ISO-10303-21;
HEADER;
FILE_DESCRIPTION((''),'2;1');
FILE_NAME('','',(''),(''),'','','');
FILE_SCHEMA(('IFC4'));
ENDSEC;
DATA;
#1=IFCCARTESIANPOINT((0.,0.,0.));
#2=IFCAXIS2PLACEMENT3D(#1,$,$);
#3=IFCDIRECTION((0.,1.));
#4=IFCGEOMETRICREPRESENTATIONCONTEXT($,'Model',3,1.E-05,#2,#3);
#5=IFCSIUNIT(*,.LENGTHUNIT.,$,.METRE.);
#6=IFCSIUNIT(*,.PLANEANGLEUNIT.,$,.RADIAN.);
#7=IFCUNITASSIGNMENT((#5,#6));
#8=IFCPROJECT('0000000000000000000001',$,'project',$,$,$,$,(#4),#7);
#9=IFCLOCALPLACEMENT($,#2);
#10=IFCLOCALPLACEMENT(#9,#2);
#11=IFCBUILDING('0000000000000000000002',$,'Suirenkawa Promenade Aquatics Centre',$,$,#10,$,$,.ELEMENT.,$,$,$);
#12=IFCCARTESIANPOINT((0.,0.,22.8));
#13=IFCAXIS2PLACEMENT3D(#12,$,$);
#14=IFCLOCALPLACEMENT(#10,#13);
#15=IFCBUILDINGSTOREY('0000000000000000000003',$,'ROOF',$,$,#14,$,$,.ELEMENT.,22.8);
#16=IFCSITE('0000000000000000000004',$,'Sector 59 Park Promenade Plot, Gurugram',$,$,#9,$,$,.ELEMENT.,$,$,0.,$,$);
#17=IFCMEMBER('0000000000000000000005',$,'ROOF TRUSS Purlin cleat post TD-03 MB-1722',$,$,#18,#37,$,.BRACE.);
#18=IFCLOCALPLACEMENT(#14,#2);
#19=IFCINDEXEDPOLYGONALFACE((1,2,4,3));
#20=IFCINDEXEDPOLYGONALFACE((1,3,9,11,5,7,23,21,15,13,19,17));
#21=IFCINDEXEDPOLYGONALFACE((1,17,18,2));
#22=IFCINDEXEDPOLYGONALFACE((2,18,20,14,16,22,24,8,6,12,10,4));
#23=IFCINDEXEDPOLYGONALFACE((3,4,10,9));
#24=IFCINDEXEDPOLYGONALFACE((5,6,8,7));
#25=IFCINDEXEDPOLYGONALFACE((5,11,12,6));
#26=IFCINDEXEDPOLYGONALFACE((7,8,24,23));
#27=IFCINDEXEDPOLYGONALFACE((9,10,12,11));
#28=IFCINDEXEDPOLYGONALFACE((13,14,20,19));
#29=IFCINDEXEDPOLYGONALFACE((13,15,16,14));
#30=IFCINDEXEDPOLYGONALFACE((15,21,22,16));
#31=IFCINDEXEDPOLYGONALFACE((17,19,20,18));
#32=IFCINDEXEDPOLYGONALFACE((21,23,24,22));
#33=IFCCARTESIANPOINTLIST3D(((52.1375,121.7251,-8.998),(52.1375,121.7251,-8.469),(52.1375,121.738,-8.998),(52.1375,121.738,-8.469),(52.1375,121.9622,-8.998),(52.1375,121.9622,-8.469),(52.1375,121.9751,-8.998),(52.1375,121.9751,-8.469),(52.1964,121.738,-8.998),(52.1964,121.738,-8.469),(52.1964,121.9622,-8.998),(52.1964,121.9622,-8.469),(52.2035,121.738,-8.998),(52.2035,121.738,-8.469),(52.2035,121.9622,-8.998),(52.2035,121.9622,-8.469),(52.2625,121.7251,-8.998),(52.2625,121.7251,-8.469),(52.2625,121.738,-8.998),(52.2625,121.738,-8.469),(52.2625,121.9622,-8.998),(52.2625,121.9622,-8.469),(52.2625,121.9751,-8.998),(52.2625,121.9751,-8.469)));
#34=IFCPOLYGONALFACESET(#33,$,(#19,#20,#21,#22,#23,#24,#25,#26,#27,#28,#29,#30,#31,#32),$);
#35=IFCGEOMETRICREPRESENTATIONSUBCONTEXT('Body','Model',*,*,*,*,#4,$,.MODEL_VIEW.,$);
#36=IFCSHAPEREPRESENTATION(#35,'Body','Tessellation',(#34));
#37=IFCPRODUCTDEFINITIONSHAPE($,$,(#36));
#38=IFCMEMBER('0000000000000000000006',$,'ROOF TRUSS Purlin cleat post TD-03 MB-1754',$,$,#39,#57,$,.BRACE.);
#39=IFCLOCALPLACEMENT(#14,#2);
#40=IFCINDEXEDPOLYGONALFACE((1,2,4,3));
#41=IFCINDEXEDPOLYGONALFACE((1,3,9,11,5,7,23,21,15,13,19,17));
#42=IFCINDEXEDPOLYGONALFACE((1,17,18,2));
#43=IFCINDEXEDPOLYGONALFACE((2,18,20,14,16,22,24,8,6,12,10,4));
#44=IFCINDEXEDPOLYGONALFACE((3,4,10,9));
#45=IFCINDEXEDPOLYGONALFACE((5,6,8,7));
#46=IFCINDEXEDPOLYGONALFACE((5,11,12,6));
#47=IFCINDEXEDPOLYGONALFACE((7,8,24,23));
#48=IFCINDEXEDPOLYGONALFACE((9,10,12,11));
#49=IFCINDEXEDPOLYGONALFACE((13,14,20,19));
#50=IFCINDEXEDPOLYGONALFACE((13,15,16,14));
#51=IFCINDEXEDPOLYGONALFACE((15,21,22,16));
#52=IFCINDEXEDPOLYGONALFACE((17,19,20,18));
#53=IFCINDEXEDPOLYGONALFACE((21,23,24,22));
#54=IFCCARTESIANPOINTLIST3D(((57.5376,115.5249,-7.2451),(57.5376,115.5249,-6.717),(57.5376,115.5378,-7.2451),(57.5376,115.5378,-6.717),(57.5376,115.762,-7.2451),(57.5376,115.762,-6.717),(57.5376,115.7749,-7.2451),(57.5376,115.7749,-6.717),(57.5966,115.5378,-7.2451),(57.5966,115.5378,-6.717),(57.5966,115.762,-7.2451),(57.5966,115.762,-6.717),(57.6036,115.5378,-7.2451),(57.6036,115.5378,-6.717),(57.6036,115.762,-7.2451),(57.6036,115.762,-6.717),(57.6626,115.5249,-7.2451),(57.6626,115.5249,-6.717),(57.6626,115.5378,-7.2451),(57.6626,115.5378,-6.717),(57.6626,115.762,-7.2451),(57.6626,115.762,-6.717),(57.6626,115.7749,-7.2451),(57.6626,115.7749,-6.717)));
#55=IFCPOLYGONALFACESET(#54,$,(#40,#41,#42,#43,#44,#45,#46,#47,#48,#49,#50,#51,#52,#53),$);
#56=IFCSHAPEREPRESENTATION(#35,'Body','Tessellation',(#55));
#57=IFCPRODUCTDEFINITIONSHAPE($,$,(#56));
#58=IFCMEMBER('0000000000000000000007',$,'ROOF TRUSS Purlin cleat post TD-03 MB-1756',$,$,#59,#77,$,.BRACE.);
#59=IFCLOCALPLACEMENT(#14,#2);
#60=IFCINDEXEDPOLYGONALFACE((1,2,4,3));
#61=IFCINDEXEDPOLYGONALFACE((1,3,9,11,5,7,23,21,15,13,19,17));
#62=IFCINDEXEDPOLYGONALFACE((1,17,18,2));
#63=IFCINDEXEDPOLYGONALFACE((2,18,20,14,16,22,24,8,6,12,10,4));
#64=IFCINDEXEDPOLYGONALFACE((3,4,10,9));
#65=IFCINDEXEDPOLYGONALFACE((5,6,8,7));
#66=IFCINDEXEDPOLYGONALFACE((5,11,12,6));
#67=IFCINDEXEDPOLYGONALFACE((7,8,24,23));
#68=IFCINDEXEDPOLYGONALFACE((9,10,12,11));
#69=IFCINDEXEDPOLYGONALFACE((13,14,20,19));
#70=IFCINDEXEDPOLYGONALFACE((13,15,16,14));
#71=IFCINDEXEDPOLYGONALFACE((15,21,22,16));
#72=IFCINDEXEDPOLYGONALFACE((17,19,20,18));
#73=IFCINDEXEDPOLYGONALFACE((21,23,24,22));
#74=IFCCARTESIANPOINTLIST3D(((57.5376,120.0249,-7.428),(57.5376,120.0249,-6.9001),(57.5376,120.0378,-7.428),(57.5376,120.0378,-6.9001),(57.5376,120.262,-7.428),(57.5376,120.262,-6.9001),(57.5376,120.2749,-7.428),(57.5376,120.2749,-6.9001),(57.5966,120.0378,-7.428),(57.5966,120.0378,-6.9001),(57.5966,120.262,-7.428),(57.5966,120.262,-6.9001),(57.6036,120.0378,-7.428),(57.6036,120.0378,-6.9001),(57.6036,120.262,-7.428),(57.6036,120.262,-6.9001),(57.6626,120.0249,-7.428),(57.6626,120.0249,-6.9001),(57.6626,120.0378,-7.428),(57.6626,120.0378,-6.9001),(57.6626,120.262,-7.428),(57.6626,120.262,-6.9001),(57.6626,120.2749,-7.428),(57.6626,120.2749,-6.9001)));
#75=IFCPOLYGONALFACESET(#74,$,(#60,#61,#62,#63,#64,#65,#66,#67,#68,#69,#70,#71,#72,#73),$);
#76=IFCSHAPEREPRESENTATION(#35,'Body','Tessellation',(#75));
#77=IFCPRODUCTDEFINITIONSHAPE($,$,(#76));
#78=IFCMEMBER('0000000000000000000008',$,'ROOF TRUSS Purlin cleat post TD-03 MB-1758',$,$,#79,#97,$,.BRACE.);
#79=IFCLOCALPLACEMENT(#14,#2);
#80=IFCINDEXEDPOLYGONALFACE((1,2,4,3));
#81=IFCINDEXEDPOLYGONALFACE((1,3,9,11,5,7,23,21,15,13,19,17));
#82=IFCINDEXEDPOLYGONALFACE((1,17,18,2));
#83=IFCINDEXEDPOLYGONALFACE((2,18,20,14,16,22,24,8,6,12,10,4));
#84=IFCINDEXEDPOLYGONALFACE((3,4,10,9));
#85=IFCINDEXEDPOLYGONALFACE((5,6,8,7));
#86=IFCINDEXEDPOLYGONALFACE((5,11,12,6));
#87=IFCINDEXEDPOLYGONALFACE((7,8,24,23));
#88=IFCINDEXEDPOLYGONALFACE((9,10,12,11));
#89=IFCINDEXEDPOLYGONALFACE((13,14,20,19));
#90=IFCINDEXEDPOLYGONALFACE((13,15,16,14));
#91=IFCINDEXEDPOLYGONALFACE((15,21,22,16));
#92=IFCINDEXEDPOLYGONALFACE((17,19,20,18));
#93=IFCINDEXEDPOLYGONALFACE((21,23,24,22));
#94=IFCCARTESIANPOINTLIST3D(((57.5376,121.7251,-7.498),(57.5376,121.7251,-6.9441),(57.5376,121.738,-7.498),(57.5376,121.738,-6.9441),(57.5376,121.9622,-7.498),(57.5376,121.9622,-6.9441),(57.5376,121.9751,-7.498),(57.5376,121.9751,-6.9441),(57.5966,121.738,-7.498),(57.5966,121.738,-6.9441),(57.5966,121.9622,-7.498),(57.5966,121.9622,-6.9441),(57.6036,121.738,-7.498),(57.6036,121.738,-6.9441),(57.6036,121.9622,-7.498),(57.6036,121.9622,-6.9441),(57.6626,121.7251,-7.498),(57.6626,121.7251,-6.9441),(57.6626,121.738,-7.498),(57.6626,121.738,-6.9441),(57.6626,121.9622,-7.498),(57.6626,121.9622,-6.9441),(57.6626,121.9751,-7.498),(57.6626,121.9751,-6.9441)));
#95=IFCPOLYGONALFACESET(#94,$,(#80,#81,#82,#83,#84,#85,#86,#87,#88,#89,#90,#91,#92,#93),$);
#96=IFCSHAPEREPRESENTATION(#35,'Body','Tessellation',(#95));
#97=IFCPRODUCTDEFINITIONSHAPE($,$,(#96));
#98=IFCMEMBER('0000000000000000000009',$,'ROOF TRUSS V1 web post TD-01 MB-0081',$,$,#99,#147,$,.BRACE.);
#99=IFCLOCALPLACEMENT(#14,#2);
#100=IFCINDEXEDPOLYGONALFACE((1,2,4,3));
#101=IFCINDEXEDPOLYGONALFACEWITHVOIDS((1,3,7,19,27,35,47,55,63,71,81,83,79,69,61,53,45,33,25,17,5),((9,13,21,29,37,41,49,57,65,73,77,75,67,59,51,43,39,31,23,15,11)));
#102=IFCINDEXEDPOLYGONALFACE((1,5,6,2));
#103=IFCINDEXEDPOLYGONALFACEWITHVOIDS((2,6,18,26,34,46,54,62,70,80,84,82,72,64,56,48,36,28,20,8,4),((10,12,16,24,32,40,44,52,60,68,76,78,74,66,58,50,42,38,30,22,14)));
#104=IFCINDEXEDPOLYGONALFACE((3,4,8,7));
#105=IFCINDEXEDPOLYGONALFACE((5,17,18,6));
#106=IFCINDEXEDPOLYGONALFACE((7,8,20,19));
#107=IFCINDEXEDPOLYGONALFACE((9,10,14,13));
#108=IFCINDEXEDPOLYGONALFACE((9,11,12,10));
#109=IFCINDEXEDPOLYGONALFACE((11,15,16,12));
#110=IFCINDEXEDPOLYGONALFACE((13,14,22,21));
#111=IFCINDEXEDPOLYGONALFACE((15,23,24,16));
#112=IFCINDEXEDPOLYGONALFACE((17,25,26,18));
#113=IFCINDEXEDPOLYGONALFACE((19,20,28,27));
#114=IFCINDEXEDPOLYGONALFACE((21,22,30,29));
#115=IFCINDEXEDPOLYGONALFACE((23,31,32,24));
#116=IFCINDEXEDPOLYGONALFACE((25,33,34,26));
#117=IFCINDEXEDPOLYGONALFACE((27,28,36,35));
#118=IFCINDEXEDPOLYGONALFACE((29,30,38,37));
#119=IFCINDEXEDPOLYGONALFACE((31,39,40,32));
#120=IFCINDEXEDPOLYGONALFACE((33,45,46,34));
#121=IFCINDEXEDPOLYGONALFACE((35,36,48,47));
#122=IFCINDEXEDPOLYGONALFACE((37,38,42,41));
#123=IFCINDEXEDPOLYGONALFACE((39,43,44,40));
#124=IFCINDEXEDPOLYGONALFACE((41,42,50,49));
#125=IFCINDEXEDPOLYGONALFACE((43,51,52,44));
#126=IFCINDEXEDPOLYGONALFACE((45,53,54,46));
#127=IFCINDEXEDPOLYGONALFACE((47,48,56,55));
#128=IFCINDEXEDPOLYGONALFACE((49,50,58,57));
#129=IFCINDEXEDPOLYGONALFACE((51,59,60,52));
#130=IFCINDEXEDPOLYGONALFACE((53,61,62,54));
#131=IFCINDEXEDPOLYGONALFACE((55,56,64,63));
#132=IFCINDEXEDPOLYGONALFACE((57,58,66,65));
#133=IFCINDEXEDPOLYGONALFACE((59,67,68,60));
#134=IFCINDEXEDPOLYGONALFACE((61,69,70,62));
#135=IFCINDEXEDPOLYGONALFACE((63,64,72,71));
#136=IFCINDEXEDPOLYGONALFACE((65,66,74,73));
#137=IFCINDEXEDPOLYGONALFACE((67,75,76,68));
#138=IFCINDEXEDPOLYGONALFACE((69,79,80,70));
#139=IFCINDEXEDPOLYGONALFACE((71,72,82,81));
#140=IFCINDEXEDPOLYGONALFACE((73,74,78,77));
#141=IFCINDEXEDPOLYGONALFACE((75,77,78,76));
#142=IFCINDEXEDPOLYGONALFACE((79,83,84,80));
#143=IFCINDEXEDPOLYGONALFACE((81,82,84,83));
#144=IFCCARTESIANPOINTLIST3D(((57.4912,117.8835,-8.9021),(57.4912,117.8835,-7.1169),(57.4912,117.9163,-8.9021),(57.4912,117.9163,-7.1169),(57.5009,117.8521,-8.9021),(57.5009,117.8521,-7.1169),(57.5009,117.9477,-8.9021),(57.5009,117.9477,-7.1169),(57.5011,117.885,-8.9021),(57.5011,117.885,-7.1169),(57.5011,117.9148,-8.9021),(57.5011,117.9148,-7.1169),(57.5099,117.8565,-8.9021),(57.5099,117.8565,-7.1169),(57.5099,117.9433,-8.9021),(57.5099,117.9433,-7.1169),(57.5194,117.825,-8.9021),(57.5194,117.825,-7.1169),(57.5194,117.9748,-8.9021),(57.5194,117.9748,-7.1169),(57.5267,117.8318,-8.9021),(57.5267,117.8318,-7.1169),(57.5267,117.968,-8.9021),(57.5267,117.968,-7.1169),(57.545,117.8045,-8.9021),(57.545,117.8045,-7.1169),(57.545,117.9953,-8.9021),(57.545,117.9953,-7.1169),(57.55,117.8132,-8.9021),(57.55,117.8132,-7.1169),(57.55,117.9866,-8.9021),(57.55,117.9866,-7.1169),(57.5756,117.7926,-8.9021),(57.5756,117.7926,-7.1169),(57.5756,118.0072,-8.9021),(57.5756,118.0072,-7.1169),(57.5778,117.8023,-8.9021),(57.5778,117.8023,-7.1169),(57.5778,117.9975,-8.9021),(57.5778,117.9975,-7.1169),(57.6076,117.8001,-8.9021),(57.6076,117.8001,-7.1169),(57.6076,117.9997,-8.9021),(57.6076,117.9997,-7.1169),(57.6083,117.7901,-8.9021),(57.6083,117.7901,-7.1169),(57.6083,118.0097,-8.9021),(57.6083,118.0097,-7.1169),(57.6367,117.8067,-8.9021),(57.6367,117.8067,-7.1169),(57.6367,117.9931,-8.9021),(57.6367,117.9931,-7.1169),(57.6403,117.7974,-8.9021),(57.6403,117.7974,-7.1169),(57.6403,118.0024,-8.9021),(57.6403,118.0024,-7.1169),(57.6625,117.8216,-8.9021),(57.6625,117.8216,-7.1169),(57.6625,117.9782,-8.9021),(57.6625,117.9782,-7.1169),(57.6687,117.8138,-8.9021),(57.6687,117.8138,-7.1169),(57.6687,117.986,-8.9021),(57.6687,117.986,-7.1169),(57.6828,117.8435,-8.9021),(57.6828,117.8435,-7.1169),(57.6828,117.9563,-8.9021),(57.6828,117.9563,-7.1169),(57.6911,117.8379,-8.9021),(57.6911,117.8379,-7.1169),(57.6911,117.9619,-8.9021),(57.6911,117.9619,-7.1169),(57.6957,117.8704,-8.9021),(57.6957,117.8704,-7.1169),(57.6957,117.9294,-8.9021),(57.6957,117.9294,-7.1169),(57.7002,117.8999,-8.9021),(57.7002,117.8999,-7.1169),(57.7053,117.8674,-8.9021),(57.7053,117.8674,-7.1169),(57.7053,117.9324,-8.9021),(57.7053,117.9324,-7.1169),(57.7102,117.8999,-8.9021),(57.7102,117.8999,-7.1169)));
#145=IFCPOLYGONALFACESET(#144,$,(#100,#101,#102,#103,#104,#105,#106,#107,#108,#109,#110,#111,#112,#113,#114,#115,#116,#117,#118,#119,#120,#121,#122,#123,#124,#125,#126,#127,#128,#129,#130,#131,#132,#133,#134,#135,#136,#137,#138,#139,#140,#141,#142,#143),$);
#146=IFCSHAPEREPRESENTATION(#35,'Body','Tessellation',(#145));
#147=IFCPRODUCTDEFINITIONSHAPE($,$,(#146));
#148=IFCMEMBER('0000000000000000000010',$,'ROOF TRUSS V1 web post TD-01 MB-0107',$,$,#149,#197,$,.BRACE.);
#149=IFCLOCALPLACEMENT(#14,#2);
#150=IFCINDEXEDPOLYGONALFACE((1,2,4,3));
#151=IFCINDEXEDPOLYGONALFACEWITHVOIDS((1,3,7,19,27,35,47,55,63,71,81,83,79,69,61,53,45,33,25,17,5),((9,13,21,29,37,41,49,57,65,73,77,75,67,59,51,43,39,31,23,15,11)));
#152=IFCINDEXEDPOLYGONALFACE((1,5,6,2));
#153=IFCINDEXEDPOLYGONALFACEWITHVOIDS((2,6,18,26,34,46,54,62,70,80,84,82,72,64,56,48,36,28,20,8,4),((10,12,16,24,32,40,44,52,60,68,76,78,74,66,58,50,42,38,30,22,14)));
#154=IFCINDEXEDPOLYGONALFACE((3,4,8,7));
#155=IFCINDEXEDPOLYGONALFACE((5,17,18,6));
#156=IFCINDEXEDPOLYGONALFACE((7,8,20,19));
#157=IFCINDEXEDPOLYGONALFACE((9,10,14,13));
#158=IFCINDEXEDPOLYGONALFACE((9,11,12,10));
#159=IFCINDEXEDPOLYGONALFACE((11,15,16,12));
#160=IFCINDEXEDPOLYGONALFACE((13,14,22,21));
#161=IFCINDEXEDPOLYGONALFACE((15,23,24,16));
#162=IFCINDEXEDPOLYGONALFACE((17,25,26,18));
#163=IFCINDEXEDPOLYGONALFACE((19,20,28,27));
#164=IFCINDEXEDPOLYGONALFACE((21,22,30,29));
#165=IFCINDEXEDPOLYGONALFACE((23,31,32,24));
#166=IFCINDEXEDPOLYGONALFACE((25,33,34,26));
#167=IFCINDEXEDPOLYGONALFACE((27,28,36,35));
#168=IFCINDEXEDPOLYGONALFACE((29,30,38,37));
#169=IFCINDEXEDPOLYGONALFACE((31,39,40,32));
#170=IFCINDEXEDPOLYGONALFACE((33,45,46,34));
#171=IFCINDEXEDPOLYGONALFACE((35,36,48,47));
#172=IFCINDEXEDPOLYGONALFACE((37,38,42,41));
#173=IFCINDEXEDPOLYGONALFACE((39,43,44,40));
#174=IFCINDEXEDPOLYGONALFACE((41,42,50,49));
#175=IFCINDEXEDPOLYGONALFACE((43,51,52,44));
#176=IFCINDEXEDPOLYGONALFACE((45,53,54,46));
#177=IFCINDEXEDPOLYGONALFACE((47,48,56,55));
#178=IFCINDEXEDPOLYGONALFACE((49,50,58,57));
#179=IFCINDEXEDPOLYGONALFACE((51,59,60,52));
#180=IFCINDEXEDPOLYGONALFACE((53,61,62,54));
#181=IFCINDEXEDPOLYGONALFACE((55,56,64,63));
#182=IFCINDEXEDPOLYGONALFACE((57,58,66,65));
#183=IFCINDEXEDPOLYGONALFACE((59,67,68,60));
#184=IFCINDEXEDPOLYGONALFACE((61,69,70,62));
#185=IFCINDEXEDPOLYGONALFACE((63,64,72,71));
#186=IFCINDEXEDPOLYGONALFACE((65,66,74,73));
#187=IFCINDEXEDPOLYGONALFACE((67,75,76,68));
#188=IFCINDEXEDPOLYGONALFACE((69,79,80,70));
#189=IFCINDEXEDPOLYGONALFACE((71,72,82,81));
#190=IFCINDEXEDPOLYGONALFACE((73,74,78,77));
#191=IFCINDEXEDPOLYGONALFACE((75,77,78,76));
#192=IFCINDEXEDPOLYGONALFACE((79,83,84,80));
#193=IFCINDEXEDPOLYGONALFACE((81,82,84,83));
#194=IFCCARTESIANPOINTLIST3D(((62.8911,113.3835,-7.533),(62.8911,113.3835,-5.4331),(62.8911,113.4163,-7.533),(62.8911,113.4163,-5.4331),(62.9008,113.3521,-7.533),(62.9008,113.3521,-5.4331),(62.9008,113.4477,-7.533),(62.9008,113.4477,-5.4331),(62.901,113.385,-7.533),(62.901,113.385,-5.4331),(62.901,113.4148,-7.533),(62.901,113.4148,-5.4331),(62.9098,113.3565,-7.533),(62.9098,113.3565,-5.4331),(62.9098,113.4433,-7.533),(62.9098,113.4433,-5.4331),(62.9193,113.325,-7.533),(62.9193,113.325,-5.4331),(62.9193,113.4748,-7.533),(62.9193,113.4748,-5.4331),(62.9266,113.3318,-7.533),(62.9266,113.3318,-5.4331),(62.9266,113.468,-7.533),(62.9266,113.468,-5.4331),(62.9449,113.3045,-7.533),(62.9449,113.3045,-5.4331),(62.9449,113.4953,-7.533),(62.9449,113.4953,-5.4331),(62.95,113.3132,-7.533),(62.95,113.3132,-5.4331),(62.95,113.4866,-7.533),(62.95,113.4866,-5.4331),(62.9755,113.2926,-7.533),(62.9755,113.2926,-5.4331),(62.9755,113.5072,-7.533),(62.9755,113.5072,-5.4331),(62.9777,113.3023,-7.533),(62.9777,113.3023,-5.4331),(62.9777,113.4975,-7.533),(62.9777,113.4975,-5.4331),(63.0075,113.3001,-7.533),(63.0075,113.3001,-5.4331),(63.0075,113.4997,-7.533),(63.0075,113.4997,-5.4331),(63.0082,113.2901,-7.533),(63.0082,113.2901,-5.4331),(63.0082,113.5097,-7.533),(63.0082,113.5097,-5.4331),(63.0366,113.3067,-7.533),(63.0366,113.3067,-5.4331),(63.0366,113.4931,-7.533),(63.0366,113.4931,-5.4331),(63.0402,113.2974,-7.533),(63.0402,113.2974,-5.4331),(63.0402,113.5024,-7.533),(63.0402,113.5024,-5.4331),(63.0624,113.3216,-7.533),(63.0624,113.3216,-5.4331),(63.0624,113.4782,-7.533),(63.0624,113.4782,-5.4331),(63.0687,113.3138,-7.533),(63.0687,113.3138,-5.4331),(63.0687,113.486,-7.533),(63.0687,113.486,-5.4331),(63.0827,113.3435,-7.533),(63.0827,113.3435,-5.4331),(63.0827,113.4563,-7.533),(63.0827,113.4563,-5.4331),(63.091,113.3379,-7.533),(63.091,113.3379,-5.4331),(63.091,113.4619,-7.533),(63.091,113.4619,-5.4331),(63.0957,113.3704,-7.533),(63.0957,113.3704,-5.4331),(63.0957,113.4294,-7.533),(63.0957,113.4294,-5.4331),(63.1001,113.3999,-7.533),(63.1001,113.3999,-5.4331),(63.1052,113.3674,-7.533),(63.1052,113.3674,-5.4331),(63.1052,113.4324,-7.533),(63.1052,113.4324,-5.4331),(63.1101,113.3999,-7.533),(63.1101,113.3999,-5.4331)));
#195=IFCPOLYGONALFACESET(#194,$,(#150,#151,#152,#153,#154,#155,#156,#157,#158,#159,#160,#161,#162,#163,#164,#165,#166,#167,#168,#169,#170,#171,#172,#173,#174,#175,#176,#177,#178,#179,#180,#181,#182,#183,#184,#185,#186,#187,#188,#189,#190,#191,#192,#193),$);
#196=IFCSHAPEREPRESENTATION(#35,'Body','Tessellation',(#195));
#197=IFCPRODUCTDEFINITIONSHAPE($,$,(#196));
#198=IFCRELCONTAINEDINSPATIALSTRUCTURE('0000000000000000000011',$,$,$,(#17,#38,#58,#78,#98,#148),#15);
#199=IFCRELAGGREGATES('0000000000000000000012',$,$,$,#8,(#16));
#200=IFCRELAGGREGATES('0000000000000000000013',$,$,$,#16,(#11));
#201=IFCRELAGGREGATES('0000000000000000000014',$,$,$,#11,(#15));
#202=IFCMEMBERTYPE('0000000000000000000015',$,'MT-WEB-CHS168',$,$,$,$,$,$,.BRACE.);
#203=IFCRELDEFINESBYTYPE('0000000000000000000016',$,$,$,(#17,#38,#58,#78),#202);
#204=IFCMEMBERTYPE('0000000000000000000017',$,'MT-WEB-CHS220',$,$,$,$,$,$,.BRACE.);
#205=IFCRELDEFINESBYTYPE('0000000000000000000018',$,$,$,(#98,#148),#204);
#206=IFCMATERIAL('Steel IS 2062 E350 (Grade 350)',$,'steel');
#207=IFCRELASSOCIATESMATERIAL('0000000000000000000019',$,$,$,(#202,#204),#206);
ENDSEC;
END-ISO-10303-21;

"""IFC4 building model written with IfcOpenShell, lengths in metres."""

from ifc_helpers import new_model, si_unit, direction, frame, origin, origin_2d, place, context, subcontext, project, spatial, hollow_circle, i_section, extrude, material, material_profile, profile_set, type_object, element, save


model = new_model("IFC4")

# Units and contexts
model_context = context("Model", 3, precision=1e-05, world=origin(), true_north=direction((0.0, 1.0)))
body_context = subcontext(model_context, "Body", "Model", "MODEL_VIEW")
ifc_project = project(units=[si_unit("LENGTHUNIT", "METRE"), si_unit("PLANEANGLEUNIT", "RADIAN")], contexts=[model_context])

# Site, building, storey
site_placement = place(None, origin())
site = spatial("IfcSite", under=ifc_project, at=site_placement, Name="Sector 59 Park Promenade Plot, Gurugram", CompositionType="ELEMENT", RefElevation=0.0)
building_placement = place(site_placement, origin())
building = spatial("IfcBuilding", under=site, at=building_placement, Name="Suirenkawa Promenade Aquatics Centre", CompositionType="ELEMENT")
storey_placement = place(building_placement, frame((0.0, 0.0, 22.8)))
storey = spatial("IfcBuildingStorey", under=building, at=storey_placement, Name="ROOF", CompositionType="ELEMENT", Elevation=22.8)

# Shared definitions
ifc_material = material(Name="Steel IS 2062 E350 (Grade 350)", Category="steel")

# Members
ifc_material_profile_1 = material_profile(ifc_material, i_section(OverallWidth=0.125, OverallDepth=0.25, WebThickness=0.0071, FlangeThickness=0.0129, at=origin_2d()), Name="ISMB 250", Category="steel")
ifc_profile_set_1 = profile_set([ifc_material_profile_1], Name="Steel IS 2062 E350 (Grade 350)")
member_type_1 = type_object("IfcMemberType", Name="MT-WEB-CHS168", PredefinedType="BRACE", material=ifc_profile_set_1)
member_1_placement = place(storey_placement, frame((52.2, 121.8501, -8.998), z_axis=(0.0, 0.0, 1.0), x_axis=(1.0, 0.0, 0.0)))
element("IfcMember", 1, at=member_1_placement, inside=storey, type_object=member_type_1, Name="ROOF TRUSS Purlin cleat post TD-03 MB-1722", PredefinedType="BRACE", context=body_context, shape_type="SweptSolid", body=[
    extrude(i_section(OverallWidth=0.125, OverallDepth=0.25, WebThickness=0.0071, FlangeThickness=0.0129, at=origin_2d()), origin(), (0.0, 0.0, 1.0), 0.5291),
])
member_2_placement = place(storey_placement, frame((57.6001, 115.6499, -7.2451), z_axis=(0.0, 0.0, 1.0), x_axis=(1.0, 0.0, 0.0)))
element("IfcMember", 2, at=member_2_placement, inside=storey, type_object=member_type_1, Name="ROOF TRUSS Purlin cleat post TD-03 MB-1754", PredefinedType="BRACE", context=body_context, shape_type="SweptSolid", body=[
    extrude(i_section(OverallWidth=0.125, OverallDepth=0.25, WebThickness=0.0071, FlangeThickness=0.0129, at=origin_2d()), origin(), (0.0, 0.0, 1.0), 0.5281),
])
member_3_placement = place(storey_placement, frame((57.6001, 120.1499, -7.428), z_axis=(0.0, 0.0, 1.0), x_axis=(1.0, 0.0, 0.0)))
element("IfcMember", 3, at=member_3_placement, inside=storey, type_object=member_type_1, Name="ROOF TRUSS Purlin cleat post TD-03 MB-1756", PredefinedType="BRACE", context=body_context, shape_type="SweptSolid", body=[
    extrude(i_section(OverallWidth=0.125, OverallDepth=0.25, WebThickness=0.0071, FlangeThickness=0.0129, at=origin_2d()), origin(), (0.0, 0.0, 1.0), 0.5278),
])
member_4_placement = place(storey_placement, frame((57.6001, 121.8501, -7.498), z_axis=(0.0, 0.0, 1.0), x_axis=(1.0, 0.0, 0.0)))
element("IfcMember", 4, at=member_4_placement, inside=storey, type_object=member_type_1, Name="ROOF TRUSS Purlin cleat post TD-03 MB-1758", PredefinedType="BRACE", context=body_context, shape_type="SweptSolid", body=[
    extrude(i_section(OverallWidth=0.125, OverallDepth=0.25, WebThickness=0.0071, FlangeThickness=0.0129, at=origin_2d()), origin(), (0.0, 0.0, 1.0), 0.554),
])
ifc_material_profile_2 = material_profile(ifc_material, hollow_circle(Radius=0.1101, WallThickness=0.01, at=origin_2d()), Name="CHS 220x10", Category="steel")
ifc_profile_set_2 = profile_set([ifc_material_profile_2], Name="Steel IS 2062 E350 (Grade 350)")
member_type_2 = type_object("IfcMemberType", Name="MT-WEB-CHS220", PredefinedType="BRACE", material=ifc_profile_set_2)
member_5_placement = place(storey_placement, frame((57.6001, 117.8999, -8.9021), z_axis=(0.0, 0.0, 1.0), x_axis=(1.0, 0.0, 0.0)))
element("IfcMember", 5, at=member_5_placement, inside=storey, type_object=member_type_2, Name="ROOF TRUSS V1 web post TD-01 MB-0081", PredefinedType="BRACE", context=body_context, shape_type="SweptSolid", body=[
    extrude(hollow_circle(Radius=0.1101, WallThickness=0.01, at=origin_2d()), origin(), (0.0, 0.0, 1.0), 1.7852),
])
member_6_placement = place(storey_placement, frame((63.0, 113.3999, -7.533), z_axis=(0.0, 0.0, 1.0), x_axis=(1.0, 0.0, 0.0)))
element("IfcMember", 6, at=member_6_placement, inside=storey, type_object=member_type_2, Name="ROOF TRUSS V1 web post TD-01 MB-0107", PredefinedType="BRACE", context=body_context, shape_type="SweptSolid", body=[
    extrude(hollow_circle(Radius=0.1101, WallThickness=0.01, at=origin_2d()), origin(), (0.0, 0.0, 1.0), 2.0999),
])

save(model, "model.ifc")
